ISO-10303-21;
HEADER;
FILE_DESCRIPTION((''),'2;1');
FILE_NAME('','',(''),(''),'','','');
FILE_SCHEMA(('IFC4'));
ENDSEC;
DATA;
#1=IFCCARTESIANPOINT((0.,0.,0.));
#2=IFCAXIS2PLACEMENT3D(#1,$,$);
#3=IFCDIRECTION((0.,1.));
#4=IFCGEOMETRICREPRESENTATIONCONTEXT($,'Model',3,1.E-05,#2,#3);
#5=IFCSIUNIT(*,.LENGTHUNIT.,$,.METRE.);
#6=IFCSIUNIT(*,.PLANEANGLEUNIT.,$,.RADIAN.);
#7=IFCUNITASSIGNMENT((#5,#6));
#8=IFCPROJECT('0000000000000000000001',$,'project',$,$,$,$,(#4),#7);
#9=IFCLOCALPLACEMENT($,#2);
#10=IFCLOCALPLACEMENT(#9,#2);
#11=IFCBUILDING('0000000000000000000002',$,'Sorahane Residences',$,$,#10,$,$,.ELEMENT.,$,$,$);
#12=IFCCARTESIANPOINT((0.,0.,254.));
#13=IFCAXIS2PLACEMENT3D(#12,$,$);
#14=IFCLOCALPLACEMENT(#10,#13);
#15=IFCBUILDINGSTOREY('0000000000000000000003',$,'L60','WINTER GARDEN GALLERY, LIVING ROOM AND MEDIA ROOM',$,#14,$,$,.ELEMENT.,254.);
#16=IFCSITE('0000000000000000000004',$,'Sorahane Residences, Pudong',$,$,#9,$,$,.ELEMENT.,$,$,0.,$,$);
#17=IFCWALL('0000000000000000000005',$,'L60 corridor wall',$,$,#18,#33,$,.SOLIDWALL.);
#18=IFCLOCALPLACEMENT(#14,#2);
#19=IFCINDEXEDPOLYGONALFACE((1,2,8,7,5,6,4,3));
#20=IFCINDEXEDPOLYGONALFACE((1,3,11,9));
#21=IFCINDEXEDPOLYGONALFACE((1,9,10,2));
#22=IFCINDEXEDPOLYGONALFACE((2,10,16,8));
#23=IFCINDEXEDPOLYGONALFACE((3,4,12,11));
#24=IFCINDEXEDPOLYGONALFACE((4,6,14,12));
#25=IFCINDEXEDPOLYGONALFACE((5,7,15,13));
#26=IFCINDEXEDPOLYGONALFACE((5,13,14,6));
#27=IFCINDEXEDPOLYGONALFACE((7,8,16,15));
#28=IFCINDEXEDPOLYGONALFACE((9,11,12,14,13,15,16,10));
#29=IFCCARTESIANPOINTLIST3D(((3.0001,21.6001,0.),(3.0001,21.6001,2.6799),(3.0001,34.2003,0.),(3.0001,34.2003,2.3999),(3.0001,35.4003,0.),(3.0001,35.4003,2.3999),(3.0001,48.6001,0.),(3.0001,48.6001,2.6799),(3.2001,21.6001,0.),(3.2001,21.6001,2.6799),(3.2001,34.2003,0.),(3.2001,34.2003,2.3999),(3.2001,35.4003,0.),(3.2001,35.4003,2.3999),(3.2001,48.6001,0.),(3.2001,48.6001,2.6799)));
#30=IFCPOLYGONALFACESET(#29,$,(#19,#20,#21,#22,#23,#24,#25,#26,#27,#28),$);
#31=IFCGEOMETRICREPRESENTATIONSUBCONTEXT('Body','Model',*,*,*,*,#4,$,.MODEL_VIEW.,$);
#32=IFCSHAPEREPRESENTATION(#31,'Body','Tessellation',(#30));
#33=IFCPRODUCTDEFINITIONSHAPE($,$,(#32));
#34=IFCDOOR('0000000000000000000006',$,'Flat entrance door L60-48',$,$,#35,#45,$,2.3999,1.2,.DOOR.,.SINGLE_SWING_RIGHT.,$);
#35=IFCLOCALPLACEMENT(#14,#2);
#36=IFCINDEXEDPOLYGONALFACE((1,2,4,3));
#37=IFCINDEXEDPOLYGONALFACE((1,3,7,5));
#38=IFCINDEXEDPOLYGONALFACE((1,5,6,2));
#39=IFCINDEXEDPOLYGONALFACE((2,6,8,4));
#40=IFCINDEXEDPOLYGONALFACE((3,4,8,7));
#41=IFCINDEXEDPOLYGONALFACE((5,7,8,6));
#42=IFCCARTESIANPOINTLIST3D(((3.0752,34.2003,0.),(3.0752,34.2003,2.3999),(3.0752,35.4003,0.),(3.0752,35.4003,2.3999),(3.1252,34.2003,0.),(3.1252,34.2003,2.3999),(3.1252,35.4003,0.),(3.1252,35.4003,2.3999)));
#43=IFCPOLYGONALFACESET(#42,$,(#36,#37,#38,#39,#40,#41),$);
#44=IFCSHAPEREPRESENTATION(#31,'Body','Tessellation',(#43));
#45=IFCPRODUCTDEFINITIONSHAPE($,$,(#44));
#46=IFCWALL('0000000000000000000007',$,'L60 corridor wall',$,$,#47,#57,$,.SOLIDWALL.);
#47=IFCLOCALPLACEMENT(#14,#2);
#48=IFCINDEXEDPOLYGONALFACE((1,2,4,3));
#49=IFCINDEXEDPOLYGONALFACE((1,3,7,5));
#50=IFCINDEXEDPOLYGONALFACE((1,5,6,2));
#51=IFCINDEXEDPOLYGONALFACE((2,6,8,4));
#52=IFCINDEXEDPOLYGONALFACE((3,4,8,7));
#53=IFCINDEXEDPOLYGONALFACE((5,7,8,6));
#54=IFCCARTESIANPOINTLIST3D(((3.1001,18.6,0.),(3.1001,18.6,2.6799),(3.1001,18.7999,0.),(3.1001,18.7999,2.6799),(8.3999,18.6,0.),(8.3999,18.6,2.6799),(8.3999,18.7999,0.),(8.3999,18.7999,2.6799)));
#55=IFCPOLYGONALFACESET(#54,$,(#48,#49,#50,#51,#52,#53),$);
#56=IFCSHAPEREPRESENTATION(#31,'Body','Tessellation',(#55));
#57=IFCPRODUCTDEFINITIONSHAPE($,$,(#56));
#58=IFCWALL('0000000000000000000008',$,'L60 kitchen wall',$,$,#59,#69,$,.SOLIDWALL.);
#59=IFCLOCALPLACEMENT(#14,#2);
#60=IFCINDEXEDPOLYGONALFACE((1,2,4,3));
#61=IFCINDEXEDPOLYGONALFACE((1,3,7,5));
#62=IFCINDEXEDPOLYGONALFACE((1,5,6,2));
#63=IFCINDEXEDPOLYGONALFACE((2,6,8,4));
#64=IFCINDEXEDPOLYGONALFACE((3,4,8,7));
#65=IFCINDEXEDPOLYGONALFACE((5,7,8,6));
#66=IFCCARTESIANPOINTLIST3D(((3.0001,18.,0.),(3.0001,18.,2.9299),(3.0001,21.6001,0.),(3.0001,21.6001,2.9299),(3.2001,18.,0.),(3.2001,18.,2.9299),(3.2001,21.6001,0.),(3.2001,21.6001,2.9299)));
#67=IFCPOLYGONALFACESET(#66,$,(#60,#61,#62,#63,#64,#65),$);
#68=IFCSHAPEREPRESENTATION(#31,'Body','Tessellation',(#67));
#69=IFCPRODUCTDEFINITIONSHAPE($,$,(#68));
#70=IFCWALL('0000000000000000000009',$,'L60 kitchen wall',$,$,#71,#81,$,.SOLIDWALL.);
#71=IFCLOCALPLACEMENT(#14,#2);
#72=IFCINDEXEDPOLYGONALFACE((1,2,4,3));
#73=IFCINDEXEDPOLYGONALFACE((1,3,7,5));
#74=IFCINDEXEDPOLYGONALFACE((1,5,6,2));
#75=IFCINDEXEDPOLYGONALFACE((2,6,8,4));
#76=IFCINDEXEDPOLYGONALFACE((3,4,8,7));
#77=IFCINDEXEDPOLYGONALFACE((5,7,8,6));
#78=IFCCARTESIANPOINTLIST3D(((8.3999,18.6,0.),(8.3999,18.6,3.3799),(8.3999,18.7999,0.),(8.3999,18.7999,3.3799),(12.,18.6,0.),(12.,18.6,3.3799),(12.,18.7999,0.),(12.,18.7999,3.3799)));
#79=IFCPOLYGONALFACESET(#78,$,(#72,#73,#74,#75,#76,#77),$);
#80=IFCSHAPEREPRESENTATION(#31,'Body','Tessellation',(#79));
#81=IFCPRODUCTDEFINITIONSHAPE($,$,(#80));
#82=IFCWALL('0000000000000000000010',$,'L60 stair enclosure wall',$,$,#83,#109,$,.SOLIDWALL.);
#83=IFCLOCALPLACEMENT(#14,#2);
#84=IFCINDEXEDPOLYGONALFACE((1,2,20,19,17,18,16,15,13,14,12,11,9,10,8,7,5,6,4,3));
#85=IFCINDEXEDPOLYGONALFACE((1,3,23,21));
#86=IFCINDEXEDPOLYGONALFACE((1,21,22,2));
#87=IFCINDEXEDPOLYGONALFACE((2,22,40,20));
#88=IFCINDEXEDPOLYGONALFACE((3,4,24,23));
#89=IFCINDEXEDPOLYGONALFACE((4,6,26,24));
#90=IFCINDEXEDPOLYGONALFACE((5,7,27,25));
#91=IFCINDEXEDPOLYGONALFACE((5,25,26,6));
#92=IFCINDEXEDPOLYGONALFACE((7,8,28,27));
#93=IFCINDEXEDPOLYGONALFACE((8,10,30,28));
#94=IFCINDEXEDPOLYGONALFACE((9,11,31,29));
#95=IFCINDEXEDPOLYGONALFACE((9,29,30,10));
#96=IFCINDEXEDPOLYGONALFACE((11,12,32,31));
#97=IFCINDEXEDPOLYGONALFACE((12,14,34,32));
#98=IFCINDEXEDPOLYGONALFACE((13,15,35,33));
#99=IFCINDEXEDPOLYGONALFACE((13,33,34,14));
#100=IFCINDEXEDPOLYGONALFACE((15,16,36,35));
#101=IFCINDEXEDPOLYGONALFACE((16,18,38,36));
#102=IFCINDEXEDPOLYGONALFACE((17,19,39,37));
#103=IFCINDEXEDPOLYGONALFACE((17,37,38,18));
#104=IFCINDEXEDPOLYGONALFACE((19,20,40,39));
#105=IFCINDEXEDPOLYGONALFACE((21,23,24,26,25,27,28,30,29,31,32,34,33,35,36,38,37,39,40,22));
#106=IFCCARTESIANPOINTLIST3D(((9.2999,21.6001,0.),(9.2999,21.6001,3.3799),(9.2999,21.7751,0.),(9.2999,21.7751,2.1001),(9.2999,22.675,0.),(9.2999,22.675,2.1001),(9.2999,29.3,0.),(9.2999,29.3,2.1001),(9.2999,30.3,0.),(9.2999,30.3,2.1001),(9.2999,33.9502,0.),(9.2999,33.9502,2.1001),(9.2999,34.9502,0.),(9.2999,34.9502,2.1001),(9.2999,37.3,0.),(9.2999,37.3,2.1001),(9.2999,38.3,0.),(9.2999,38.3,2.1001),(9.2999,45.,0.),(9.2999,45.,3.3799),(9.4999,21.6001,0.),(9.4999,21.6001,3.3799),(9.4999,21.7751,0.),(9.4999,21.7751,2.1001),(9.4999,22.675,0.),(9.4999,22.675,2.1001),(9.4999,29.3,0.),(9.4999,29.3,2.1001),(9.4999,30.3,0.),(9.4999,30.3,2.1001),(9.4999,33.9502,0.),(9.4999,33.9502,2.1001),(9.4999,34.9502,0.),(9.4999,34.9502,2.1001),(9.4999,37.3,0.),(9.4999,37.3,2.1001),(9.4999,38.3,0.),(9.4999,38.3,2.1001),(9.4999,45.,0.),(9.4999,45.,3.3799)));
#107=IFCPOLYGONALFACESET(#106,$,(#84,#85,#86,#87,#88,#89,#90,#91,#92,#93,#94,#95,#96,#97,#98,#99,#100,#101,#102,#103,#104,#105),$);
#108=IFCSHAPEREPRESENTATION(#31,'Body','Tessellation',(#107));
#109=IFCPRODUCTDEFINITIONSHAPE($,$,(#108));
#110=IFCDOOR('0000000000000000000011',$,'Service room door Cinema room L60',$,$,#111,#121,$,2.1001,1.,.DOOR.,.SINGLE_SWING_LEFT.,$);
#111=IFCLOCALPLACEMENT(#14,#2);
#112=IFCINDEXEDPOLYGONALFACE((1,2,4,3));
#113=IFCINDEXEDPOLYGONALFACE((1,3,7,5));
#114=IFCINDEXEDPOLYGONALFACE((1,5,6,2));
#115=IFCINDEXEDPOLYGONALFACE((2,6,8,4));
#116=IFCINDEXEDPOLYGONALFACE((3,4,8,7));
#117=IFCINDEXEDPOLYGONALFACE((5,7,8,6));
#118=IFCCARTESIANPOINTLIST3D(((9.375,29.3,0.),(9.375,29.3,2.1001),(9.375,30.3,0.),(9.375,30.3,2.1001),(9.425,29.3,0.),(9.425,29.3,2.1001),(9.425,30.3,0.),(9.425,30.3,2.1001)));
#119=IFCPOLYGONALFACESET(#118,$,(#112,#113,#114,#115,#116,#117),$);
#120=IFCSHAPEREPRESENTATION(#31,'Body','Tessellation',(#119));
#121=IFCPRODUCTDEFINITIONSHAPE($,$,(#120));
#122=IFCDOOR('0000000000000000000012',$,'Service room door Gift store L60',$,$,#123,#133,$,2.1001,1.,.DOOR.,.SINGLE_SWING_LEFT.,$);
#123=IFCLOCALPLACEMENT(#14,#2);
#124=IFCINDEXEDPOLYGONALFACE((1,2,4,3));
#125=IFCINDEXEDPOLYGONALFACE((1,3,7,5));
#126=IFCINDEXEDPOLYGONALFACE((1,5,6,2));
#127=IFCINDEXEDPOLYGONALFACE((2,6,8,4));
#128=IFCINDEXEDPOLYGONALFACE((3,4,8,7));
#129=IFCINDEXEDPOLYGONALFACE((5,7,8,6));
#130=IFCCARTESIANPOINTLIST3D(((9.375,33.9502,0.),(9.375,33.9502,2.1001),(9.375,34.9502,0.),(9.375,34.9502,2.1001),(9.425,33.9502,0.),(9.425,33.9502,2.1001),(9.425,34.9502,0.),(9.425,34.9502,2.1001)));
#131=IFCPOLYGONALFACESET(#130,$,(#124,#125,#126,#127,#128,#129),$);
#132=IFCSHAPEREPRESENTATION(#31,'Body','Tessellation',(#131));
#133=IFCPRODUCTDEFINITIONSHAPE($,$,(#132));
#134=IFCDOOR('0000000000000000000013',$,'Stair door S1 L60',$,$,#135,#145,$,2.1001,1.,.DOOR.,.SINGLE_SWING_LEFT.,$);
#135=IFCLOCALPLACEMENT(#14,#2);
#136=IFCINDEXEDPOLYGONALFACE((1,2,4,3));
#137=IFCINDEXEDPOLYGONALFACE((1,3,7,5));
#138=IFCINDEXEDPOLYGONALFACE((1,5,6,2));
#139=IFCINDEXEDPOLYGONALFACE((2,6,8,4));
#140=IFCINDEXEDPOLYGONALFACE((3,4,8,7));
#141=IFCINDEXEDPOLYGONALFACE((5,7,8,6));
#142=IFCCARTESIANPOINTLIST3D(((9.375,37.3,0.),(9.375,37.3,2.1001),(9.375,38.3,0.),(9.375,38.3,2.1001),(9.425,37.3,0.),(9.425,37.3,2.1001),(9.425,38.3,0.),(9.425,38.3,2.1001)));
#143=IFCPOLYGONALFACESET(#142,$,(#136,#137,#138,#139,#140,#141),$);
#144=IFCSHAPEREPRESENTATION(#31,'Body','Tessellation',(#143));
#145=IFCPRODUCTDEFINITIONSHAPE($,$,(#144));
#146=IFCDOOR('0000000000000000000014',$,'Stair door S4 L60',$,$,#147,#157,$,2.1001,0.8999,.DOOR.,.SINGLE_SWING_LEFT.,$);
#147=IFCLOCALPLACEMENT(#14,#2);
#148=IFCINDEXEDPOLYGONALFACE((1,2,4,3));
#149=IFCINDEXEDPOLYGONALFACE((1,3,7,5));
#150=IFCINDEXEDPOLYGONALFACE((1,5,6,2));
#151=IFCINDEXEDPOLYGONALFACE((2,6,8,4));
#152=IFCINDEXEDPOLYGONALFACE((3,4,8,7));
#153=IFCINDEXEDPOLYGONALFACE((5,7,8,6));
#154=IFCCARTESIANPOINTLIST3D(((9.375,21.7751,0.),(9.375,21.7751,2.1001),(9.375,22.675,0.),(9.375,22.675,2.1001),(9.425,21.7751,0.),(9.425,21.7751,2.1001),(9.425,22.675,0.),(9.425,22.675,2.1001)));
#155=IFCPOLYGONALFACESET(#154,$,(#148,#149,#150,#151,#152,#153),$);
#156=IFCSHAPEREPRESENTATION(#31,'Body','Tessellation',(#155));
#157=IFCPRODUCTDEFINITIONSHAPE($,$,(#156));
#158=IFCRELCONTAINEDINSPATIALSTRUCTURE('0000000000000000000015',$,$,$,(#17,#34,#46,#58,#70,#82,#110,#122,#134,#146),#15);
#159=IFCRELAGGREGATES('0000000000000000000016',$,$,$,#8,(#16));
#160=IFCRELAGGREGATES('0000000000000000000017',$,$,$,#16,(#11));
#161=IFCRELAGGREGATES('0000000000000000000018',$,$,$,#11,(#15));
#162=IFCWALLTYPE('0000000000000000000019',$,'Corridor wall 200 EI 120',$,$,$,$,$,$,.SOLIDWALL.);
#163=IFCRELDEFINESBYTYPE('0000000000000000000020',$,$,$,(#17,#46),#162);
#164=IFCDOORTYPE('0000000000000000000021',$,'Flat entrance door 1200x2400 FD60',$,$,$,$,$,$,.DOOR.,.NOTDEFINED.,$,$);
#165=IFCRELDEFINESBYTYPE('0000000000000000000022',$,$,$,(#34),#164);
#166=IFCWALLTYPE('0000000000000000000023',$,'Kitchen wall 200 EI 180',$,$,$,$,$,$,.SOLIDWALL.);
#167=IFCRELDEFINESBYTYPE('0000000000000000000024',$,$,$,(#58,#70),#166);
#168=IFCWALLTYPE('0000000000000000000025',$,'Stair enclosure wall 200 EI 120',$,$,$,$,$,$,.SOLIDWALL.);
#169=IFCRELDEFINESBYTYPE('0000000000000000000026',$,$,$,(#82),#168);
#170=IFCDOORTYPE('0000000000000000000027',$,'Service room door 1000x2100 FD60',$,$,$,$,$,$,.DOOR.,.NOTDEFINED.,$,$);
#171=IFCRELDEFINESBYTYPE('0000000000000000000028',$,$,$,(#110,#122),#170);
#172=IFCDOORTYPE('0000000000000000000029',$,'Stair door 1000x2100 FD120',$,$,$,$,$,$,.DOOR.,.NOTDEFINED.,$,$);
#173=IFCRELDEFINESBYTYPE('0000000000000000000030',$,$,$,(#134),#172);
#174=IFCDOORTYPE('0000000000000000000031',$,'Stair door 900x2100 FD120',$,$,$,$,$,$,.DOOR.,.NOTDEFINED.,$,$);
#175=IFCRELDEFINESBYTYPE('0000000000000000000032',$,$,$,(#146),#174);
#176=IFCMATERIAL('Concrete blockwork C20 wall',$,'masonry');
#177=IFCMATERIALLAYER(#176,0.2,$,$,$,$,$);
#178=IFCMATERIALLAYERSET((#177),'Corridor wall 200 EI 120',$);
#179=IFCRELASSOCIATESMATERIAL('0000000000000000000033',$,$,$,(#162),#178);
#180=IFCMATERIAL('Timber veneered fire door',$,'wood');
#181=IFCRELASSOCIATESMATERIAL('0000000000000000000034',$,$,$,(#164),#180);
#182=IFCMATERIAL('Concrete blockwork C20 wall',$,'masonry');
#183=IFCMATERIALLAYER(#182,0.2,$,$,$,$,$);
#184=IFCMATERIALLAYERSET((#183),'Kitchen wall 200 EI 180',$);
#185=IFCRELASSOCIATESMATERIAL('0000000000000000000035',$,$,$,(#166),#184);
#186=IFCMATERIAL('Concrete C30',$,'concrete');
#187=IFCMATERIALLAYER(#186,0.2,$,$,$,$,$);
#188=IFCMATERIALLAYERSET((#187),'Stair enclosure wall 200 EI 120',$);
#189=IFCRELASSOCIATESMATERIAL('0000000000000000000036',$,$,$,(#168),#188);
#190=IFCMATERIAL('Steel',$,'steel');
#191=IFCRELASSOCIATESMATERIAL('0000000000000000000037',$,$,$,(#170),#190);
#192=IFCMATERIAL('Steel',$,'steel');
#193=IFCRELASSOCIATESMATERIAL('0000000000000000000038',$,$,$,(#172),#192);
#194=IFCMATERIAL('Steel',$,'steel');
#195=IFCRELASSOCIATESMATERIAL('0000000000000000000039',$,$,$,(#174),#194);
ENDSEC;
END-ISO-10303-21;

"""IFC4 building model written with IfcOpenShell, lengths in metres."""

from ifc_helpers import new_model, si_unit, direction, frame, frame_2d, origin, place, context, subcontext, project, spatial, rectangle, extrude, material, layer, layer_set, type_object, element, fill, save


model = new_model("IFC4")

# Units and contexts
model_context = context("Model", 3, precision=1e-05, world=origin(), true_north=direction((0.0, 1.0)))
body_context = subcontext(model_context, "Body", "Model", "MODEL_VIEW")
ifc_project = project(units=[si_unit("LENGTHUNIT", "METRE"), si_unit("PLANEANGLEUNIT", "RADIAN")], contexts=[model_context])

# Site, building, storey
site_placement = place(None, origin())
site = spatial("IfcSite", under=ifc_project, at=site_placement, Name="Sorahane Residences, Pudong", CompositionType="ELEMENT", RefElevation=0.0)
building_placement = place(site_placement, origin())
building = spatial("IfcBuilding", under=site, at=building_placement, Name="Sorahane Residences", CompositionType="ELEMENT")
storey_placement = place(building_placement, frame((0.0, 0.0, 254.0)))
storey = spatial("IfcBuildingStorey", under=building, at=storey_placement, Name="L60", Description="WINTER GARDEN GALLERY, LIVING ROOM AND MEDIA ROOM", CompositionType="ELEMENT", Elevation=254.0)

# Wall, opening, door
ifc_material_1 = material(Name="Concrete blockwork C20 wall", Category="masonry")
ifc_layer_1 = layer(ifc_material_1, 0.2)
ifc_layer_set_1 = layer_set([ifc_layer_1], Name="Corridor wall 200 EI 120")
wall_type_1 = type_object("IfcWallType", Name="Corridor wall 200 EI 120", PredefinedType="SOLIDWALL", material=ifc_layer_set_1)
wall_1_placement = place(storey_placement, frame((3.1001, 21.6001, 0.0), z_axis=(0.0, 0.0, 1.0), x_axis=(0.0, 1.0, 0.0)))
wall_1 = element("IfcWall", 1, at=wall_1_placement, inside=storey, type_object=wall_type_1, Name="L60 corridor wall", PredefinedType="SOLIDWALL", context=body_context, shape_type="SweptSolid", body=[
    extrude(rectangle(XDim=27.0, YDim=0.2, at=frame_2d((13.5, 0.0))), origin(), (0.0, 0.0, 1.0), 2.6799),
])
opening_1_placement = place(wall_1_placement, frame((12.6001, 0.0, 0.0)))
opening_1 = element("IfcOpeningElement", 2, at=opening_1_placement, cuts=wall_1, PredefinedType="OPENING", context=body_context, shape_type="SweptSolid", body=[
    extrude(rectangle(XDim=1.2, YDim=2.3999, at=frame_2d((0.6001, 1.2))), frame((0.0, 0.1099, 0.0), z_axis=(0.0, -1.0, 0.0), x_axis=(1.0, 0.0, 0.0)), (0.0, 0.0, 1.0), 0.22),
])
ifc_material_2 = material(Name="Timber veneered fire door", Category="wood")
door_type_1 = type_object("IfcDoorType", Name="Flat entrance door 1200x2400 FD60", OperationType="NOTDEFINED", PredefinedType="DOOR", material=ifc_material_2)
door_1_placement = place(opening_1_placement, origin())
door_1 = element("IfcDoor", 3, at=door_1_placement, inside=storey, type_object=door_type_1, Name="Flat entrance door L60-48", OperationType="SINGLE_SWING_RIGHT", OverallHeight=2.3999, OverallWidth=1.2, PredefinedType="DOOR", context=body_context, shape_type="SweptSolid", body=[
    extrude(rectangle(XDim=1.2, YDim=2.3999, at=frame_2d((0.6001, 1.2))), frame((0.0, 0.0249, 0.0), z_axis=(0.0, -1.0, 0.0), x_axis=(1.0, 0.0, 0.0)), (0.0, 0.0, 1.0), 0.05),
])
fill(opening_1, door_1)

# Walls
wall_2_placement = place(storey_placement, frame((3.1001, 18.7, 0.0), z_axis=(0.0, 0.0, 1.0), x_axis=(1.0, 0.0, 0.0)))
element("IfcWall", 4, at=wall_2_placement, inside=storey, type_object=wall_type_1, Name="L60 corridor wall", PredefinedType="SOLIDWALL", context=body_context, shape_type="SweptSolid", body=[
    extrude(rectangle(XDim=5.2998, YDim=0.2, at=frame_2d((2.6499, 0.0))), origin(), (0.0, 0.0, 1.0), 2.6799),
])
ifc_material_3 = material(Name="Concrete blockwork C20 wall", Category="masonry")
ifc_layer_2 = layer(ifc_material_3, 0.2)
ifc_layer_set_2 = layer_set([ifc_layer_2], Name="Kitchen wall 200 EI 180")
wall_type_2 = type_object("IfcWallType", Name="Kitchen wall 200 EI 180", PredefinedType="SOLIDWALL", material=ifc_layer_set_2)
wall_3_placement = place(storey_placement, frame((3.1001, 18.0, 0.0), z_axis=(0.0, 0.0, 1.0), x_axis=(0.0, 1.0, 0.0)))
element("IfcWall", 5, at=wall_3_placement, inside=storey, type_object=wall_type_2, Name="L60 kitchen wall", PredefinedType="SOLIDWALL", context=body_context, shape_type="SweptSolid", body=[
    extrude(rectangle(XDim=3.6001, YDim=0.2, at=frame_2d((1.8, 0.0))), origin(), (0.0, 0.0, 1.0), 2.9299),
])

# Wall
wall_4_placement = place(storey_placement, frame((8.3999, 18.7, 0.0), z_axis=(0.0, 0.0, 1.0), x_axis=(1.0, 0.0, 0.0)))
element("IfcWall", 6, at=wall_4_placement, inside=storey, type_object=wall_type_2, Name="L60 kitchen wall", PredefinedType="SOLIDWALL", context=body_context, shape_type="SweptSolid", body=[
    extrude(rectangle(XDim=3.6001, YDim=0.2, at=frame_2d((1.8, 0.0))), origin(), (0.0, 0.0, 1.0), 3.3799),
])

# Wall, openings, doors
ifc_material_4 = material(Name="Concrete C30", Category="concrete")
ifc_layer_3 = layer(ifc_material_4, 0.2)
ifc_layer_set_3 = layer_set([ifc_layer_3], Name="Stair enclosure wall 200 EI 120")
wall_type_3 = type_object("IfcWallType", Name="Stair enclosure wall 200 EI 120", PredefinedType="SOLIDWALL", material=ifc_layer_set_3)
wall_5_placement = place(storey_placement, frame((9.3999, 21.6001, 0.0), z_axis=(0.0, 0.0, 1.0), x_axis=(0.0, 1.0, 0.0)))
wall_5 = element("IfcWall", 7, at=wall_5_placement, inside=storey, type_object=wall_type_3, Name="L60 stair enclosure wall", PredefinedType="SOLIDWALL", context=body_context, shape_type="SweptSolid", body=[
    extrude(rectangle(XDim=23.3999, YDim=0.2, at=frame_2d((11.7, 0.0))), origin(), (0.0, 0.0, 1.0), 3.3799),
])
opening_2_placement = place(wall_5_placement, frame((7.7, 0.0, 0.0)))
opening_2 = element("IfcOpeningElement", 8, at=opening_2_placement, cuts=wall_5, PredefinedType="OPENING", context=body_context, shape_type="SweptSolid", body=[
    extrude(rectangle(XDim=1.0, YDim=2.1001, at=frame_2d((0.5, 1.05))), frame((0.0, 0.1099, 0.0), z_axis=(0.0, -1.0, 0.0), x_axis=(1.0, 0.0, 0.0)), (0.0, 0.0, 1.0), 0.22),
])
opening_3_placement = place(wall_5_placement, frame((12.3501, 0.0, 0.0)))
opening_3 = element("IfcOpeningElement", 9, at=opening_3_placement, cuts=wall_5, PredefinedType="OPENING", context=body_context, shape_type="SweptSolid", body=[
    extrude(rectangle(XDim=1.0, YDim=2.1001, at=frame_2d((0.5, 1.05))), frame((0.0, 0.1099, 0.0), z_axis=(0.0, -1.0, 0.0), x_axis=(1.0, 0.0, 0.0)), (0.0, 0.0, 1.0), 0.22),
])
opening_4_placement = place(wall_5_placement, frame((15.7, 0.0, 0.0)))
opening_4 = element("IfcOpeningElement", 10, at=opening_4_placement, cuts=wall_5, PredefinedType="OPENING", context=body_context, shape_type="SweptSolid", body=[
    extrude(rectangle(XDim=1.0, YDim=2.1001, at=frame_2d((0.5, 1.05))), frame((0.0, 0.1099, 0.0), z_axis=(0.0, -1.0, 0.0), x_axis=(1.0, 0.0, 0.0)), (0.0, 0.0, 1.0), 0.22),
])
opening_5_placement = place(wall_5_placement, frame((0.175, 0.0, 0.0)))
opening_5 = element("IfcOpeningElement", 11, at=opening_5_placement, cuts=wall_5, PredefinedType="OPENING", context=body_context, shape_type="SweptSolid", body=[
    extrude(rectangle(XDim=0.8999, YDim=2.1001, at=frame_2d((0.45, 1.05))), frame((0.0, 0.1099, 0.0), z_axis=(0.0, -1.0, 0.0), x_axis=(1.0, 0.0, 0.0)), (0.0, 0.0, 1.0), 0.22),
])
ifc_material_5 = material(Name="Steel", Category="steel")
door_type_2 = type_object("IfcDoorType", Name="Service room door 1000x2100 FD60", OperationType="NOTDEFINED", PredefinedType="DOOR", material=ifc_material_5)
door_2_placement = place(opening_2_placement, origin())
door_2 = element("IfcDoor", 12, at=door_2_placement, inside=storey, type_object=door_type_2, Name="Service room door Cinema room L60", OperationType="SINGLE_SWING_LEFT", OverallHeight=2.1001, OverallWidth=1.0, PredefinedType="DOOR", context=body_context, shape_type="SweptSolid", body=[
    extrude(rectangle(XDim=1.0, YDim=2.1001, at=frame_2d((0.5, 1.05))), frame((0.0, 0.0249, 0.0), z_axis=(0.0, -1.0, 0.0), x_axis=(1.0, 0.0, 0.0)), (0.0, 0.0, 1.0), 0.05),
])
fill(opening_2, door_2)
door_3_placement = place(opening_3_placement, origin())
door_3 = element("IfcDoor", 13, at=door_3_placement, inside=storey, type_object=door_type_2, Name="Service room door Gift store L60", OperationType="SINGLE_SWING_LEFT", OverallHeight=2.1001, OverallWidth=1.0, PredefinedType="DOOR", context=body_context, shape_type="SweptSolid", body=[
    extrude(rectangle(XDim=1.0, YDim=2.1001, at=frame_2d((0.5, 1.05))), frame((0.0, 0.0249, 0.0), z_axis=(0.0, -1.0, 0.0), x_axis=(1.0, 0.0, 0.0)), (0.0, 0.0, 1.0), 0.05),
])
fill(opening_3, door_3)
ifc_material_6 = material(Name="Steel", Category="steel")
door_type_3 = type_object("IfcDoorType", Name="Stair door 1000x2100 FD120", OperationType="NOTDEFINED", PredefinedType="DOOR", material=ifc_material_6)
door_4_placement = place(opening_4_placement, origin())
door_4 = element("IfcDoor", 14, at=door_4_placement, inside=storey, type_object=door_type_3, Name="Stair door S1 L60", OperationType="SINGLE_SWING_LEFT", OverallHeight=2.1001, OverallWidth=1.0, PredefinedType="DOOR", context=body_context, shape_type="SweptSolid", body=[
    extrude(rectangle(XDim=1.0, YDim=2.1001, at=frame_2d((0.5, 1.05))), frame((0.0, 0.0249, 0.0), z_axis=(0.0, -1.0, 0.0), x_axis=(1.0, 0.0, 0.0)), (0.0, 0.0, 1.0), 0.05),
])
fill(opening_4, door_4)
ifc_material_7 = material(Name="Steel", Category="steel")
door_type_4 = type_object("IfcDoorType", Name="Stair door 900x2100 FD120", OperationType="NOTDEFINED", PredefinedType="DOOR", material=ifc_material_7)
door_5_placement = place(opening_5_placement, origin())
door_5 = element("IfcDoor", 15, at=door_5_placement, inside=storey, type_object=door_type_4, Name="Stair door S4 L60", OperationType="SINGLE_SWING_LEFT", OverallHeight=2.1001, OverallWidth=0.8999, PredefinedType="DOOR", context=body_context, shape_type="SweptSolid", body=[
    extrude(rectangle(XDim=0.8999, YDim=2.1001, at=frame_2d((0.45, 1.05))), frame((0.0, 0.0249, 0.0), z_axis=(0.0, -1.0, 0.0), x_axis=(1.0, 0.0, 0.0)), (0.0, 0.0, 1.0), 0.05),
])
fill(opening_5, door_5)

save(model, "model.ifc")
